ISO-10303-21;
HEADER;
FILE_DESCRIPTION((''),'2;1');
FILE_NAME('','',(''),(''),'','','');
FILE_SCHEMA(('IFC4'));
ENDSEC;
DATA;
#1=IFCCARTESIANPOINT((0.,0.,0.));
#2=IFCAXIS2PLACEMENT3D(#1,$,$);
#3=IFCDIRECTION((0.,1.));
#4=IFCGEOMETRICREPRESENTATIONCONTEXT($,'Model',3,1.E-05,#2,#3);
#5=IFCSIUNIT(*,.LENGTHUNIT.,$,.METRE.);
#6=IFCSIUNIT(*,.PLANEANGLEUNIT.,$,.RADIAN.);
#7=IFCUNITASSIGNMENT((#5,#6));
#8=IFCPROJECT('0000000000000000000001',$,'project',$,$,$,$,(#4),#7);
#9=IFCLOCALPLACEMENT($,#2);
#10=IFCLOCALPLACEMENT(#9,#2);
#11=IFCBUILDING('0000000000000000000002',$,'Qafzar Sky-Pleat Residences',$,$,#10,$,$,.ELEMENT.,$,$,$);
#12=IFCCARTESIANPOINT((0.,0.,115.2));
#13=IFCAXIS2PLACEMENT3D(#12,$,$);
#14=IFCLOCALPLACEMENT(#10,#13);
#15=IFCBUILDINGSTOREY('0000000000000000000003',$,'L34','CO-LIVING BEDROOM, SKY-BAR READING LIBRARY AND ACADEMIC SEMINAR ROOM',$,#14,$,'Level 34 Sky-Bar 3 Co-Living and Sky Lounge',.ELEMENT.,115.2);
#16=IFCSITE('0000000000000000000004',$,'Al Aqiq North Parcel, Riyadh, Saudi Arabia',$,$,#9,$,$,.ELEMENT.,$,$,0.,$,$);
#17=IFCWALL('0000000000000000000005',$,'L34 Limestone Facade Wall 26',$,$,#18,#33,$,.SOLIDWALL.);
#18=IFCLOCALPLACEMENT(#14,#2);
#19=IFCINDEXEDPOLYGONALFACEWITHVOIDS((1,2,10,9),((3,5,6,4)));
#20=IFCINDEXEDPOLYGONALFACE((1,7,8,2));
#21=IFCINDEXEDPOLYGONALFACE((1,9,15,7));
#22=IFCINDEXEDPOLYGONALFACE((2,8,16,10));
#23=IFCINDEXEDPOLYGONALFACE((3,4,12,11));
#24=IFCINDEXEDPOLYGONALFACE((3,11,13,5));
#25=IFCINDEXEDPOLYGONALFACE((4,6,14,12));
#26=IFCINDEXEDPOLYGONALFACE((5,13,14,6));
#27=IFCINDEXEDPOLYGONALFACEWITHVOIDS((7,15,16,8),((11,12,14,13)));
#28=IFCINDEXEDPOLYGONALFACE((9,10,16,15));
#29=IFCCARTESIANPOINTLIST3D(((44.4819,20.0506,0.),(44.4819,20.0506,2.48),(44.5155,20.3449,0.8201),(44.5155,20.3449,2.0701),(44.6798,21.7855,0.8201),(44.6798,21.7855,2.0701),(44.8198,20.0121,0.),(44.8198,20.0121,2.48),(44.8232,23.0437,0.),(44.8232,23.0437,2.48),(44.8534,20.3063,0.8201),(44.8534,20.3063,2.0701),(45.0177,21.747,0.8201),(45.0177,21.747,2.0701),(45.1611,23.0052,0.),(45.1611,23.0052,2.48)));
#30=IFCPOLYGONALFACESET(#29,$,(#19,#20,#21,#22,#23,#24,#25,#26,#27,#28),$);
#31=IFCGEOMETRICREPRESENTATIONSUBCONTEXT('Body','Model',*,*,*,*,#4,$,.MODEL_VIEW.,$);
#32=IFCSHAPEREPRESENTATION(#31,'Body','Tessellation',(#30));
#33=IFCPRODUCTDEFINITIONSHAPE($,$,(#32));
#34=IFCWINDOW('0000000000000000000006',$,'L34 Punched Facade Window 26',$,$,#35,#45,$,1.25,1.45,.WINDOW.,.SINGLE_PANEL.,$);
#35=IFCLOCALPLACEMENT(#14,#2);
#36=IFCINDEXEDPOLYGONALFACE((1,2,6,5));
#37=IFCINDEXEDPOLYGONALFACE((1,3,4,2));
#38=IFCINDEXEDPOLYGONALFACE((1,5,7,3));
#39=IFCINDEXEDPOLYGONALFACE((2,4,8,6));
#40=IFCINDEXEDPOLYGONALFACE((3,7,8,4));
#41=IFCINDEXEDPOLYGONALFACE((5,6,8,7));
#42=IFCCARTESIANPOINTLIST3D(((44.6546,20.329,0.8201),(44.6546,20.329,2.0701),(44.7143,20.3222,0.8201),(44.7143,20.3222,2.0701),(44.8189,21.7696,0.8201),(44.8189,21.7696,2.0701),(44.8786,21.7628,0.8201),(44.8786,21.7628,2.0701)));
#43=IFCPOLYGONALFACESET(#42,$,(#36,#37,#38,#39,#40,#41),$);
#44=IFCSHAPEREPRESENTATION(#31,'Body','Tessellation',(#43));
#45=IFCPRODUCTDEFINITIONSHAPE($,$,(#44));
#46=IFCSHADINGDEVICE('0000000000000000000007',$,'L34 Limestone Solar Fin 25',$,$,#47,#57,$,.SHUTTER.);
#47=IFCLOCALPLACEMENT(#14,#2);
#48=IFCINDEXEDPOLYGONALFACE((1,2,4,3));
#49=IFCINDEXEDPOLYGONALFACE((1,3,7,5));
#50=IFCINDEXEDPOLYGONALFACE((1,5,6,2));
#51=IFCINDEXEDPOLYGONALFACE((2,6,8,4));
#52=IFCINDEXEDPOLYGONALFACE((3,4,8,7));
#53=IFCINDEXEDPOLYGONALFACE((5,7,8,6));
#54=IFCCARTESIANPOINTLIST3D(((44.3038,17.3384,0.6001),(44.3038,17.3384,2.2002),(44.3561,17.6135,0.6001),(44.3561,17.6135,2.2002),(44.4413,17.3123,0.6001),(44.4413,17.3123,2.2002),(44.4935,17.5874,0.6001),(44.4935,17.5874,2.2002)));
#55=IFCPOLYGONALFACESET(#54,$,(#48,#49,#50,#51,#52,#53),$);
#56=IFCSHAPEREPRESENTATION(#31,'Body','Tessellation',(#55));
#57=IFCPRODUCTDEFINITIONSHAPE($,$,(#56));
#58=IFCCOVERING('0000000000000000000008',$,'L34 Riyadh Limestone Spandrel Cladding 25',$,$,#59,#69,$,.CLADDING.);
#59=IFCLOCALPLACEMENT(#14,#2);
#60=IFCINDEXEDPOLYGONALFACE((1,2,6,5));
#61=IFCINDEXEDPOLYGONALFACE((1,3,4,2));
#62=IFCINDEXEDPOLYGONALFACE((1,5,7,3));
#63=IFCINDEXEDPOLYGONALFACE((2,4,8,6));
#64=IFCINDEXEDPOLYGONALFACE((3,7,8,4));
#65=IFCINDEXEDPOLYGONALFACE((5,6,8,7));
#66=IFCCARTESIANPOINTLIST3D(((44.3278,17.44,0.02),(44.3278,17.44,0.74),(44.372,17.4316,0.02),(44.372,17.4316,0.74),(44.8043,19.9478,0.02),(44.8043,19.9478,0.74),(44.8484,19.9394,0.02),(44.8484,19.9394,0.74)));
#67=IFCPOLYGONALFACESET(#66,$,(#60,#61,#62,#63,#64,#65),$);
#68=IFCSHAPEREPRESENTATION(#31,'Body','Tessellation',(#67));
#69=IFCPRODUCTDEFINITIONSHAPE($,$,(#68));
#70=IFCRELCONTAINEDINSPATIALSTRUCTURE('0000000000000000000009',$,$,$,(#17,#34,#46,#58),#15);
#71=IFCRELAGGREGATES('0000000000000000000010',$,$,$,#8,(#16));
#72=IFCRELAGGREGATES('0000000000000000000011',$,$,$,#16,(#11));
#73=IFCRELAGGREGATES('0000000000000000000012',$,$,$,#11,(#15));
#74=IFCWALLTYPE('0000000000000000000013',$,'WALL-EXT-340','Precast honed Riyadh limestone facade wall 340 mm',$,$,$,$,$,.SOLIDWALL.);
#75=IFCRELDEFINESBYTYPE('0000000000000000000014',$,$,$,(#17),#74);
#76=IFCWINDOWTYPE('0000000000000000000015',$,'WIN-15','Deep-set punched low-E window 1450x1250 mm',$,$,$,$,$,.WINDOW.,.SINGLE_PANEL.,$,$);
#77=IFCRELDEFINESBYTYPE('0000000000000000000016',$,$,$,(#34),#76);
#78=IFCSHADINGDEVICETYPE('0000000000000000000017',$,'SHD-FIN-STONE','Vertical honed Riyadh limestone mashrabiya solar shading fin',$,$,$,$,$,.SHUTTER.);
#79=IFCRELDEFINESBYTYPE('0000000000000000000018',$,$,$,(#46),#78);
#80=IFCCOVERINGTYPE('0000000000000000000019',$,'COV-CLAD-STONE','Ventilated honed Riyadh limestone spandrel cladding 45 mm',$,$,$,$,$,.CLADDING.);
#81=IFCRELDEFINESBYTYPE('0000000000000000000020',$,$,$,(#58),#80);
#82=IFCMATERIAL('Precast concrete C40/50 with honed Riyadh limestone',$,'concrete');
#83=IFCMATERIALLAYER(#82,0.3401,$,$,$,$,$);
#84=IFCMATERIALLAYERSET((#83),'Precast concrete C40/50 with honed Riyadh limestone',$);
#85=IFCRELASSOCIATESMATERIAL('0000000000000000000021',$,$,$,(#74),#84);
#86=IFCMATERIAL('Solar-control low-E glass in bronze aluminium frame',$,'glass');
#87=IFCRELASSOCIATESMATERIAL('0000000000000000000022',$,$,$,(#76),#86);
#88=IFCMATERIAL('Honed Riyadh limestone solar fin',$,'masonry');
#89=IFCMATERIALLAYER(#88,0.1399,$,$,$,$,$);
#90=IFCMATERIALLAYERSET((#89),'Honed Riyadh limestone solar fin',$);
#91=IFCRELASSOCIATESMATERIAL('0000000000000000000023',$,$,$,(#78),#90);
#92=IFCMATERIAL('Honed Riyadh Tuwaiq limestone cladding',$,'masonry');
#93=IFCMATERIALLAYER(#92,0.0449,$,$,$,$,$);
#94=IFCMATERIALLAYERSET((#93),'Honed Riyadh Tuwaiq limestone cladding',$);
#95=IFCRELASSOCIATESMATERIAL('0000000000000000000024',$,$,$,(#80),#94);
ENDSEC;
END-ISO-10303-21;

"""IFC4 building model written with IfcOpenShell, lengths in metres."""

from ifc_helpers import new_model, si_unit, direction, frame, frame_2d, origin, origin_2d, place, context, subcontext, project, spatial, rectangle, extrude, source, transform, mapped, material, layer, layer_set, type_object, element, fill, save


model = new_model("IFC4")

# Units and contexts
model_context = context("Model", 3, precision=1e-05, world=origin(), true_north=direction((0.0, 1.0)))
body_context = subcontext(model_context, "Body", "Model", "MODEL_VIEW")
ifc_project = project(units=[si_unit("LENGTHUNIT", "METRE"), si_unit("PLANEANGLEUNIT", "RADIAN")], contexts=[model_context])

# Site, building, storey
site_placement = place(None, origin())
site = spatial("IfcSite", under=ifc_project, at=site_placement, Name="Al Aqiq North Parcel, Riyadh, Saudi Arabia", CompositionType="ELEMENT", RefElevation=0.0)
building_placement = place(site_placement, origin())
building = spatial("IfcBuilding", under=site, at=building_placement, Name="Qafzar Sky-Pleat Residences", CompositionType="ELEMENT")
storey_placement = place(building_placement, frame((0.0, 0.0, 115.2)))
storey = spatial("IfcBuildingStorey", under=building, at=storey_placement, Name="L34", Description="CO-LIVING BEDROOM, SKY-BAR READING LIBRARY AND ACADEMIC SEMINAR ROOM", LongName="Level 34 Sky-Bar 3 Co-Living and Sky Lounge", CompositionType="ELEMENT", Elevation=115.2)

# Shared definitions
ifc_material_1 = material(Name="Precast concrete C40/50 with honed Riyadh limestone", Category="concrete")
ifc_layer_1 = layer(ifc_material_1, 0.3401)
ifc_layer_set_1 = layer_set([ifc_layer_1], Name="Precast concrete C40/50 with honed Riyadh limestone")
wall_type = type_object("IfcWallType", Name="WALL-EXT-340", Description="Precast honed Riyadh limestone facade wall 340 mm", PredefinedType="SOLIDWALL", material=ifc_layer_set_1)
ifc_material_2 = material(Name="Solar-control low-E glass in bronze aluminium frame", Category="glass")

# Wall, opening, window
wall_1_placement = place(storey_placement, frame((44.6509, 20.0312, 0.0), z_axis=(0.0, 0.0, 1.0), x_axis=(0.113295, 0.993561, 0.0)))
wall_1 = element("IfcWall", 1, at=wall_1_placement, inside=storey, type_object=wall_type, Name="L34 Limestone Facade Wall 26", PredefinedType="SOLIDWALL", context=body_context, shape_type="SweptSolid", body=[
    extrude(rectangle(XDim=3.0125, YDim=0.3401, at=frame_2d((1.5063, 0.0))), origin(), (0.0, 0.0, 1.0), 2.48),
])
opening_1_placement = place(wall_1_placement, frame((0.2961, 0.0, 0.8201)))
opening_1 = element("IfcOpeningElement", 2, at=opening_1_placement, cuts=wall_1, PredefinedType="OPENING", context=body_context, shape_type="SweptSolid", body=[
    extrude(rectangle(XDim=1.45, YDim=1.25, at=frame_2d((0.7251, 0.625))), frame((0.0, 0.1802, 0.0), z_axis=(0.0, -1.0, 0.0), x_axis=(1.0, 0.0, 0.0)), (0.0, 0.0, 1.0), 0.3601),
])
window_type_1 = type_object("IfcWindowType", Name="WIN-15", Description="Deep-set punched low-E window 1450x1250 mm", PartitioningType="SINGLE_PANEL", PredefinedType="WINDOW", material=ifc_material_2)
shared_shape_1 = source(origin(), body_context, "Body", "SweptSolid", [
    extrude(rectangle(XDim=1.45, YDim=1.25, at=frame_2d((0.7251, 0.625))), frame((0.0, 0.03, 0.0), z_axis=(0.0, -1.0, 0.0), x_axis=(1.0, 0.0, 0.0)), (0.0, 0.0, 1.0), 0.0601),
])
window_1_placement = place(opening_1_placement, origin())
window_1 = element("IfcWindow", 3, at=window_1_placement, inside=storey, type_object=window_type_1, Name="L34 Punched Facade Window 26", OverallHeight=1.25, OverallWidth=1.45, PartitioningType="SINGLE_PANEL", PredefinedType="WINDOW", context=body_context, shape_type="MappedRepresentation", body=[
    mapped(shared_shape_1, transform((0.0, 0.0, 0.0), x_axis=(1.0, 0.0, 0.0), y_axis=(0.0, 1.0, 0.0), z_axis=(0.0, 0.0, 1.0), scale=1.0)),
])
fill(opening_1, window_1)

# Shading device
ifc_material_3 = material(Name="Honed Riyadh limestone solar fin", Category="masonry")
ifc_layer_2 = layer(ifc_material_3, 0.1399)
ifc_layer_set_2 = layer_set([ifc_layer_2], Name="Honed Riyadh limestone solar fin")
shading_device_type = type_object("IfcShadingDeviceType", Name="SHD-FIN-STONE", Description="Vertical honed Riyadh limestone mashrabiya solar shading fin", PredefinedType="SHUTTER", material=ifc_layer_set_2)
shared_shape_2 = source(origin(), body_context, "Body", "SweptSolid", [
    extrude(rectangle(XDim=0.1399, YDim=0.28, at=origin_2d()), origin(), (0.0, 0.0, 1.0), 1.6001),
])
shading_device_placement = place(storey_placement, frame((44.3987, 17.4629, 0.6001), z_axis=(0.0, 0.0, 1.0), x_axis=(0.982429, -0.186639, 0.0)))
element("IfcShadingDevice", 4, at=shading_device_placement, inside=storey, type_object=shading_device_type, Name="L34 Limestone Solar Fin 25", PredefinedType="SHUTTER", context=body_context, shape_type="MappedRepresentation", body=[
    mapped(shared_shape_2, transform((0.0, 0.0, 0.0), x_axis=(1.0, 0.0, 0.0), y_axis=(0.0, 1.0, 0.0), z_axis=(0.0, 0.0, 1.0), scale=1.0)),
])

# Covering
ifc_material_4 = material(Name="Honed Riyadh Tuwaiq limestone cladding", Category="masonry")
ifc_layer_3 = layer(ifc_material_4, 0.0449)
ifc_layer_set_3 = layer_set([ifc_layer_3], Name="Honed Riyadh Tuwaiq limestone cladding")
covering_type = type_object("IfcCoveringType", Name="COV-CLAD-STONE", Description="Ventilated honed Riyadh limestone spandrel cladding 45 mm", PredefinedType="CLADDING", material=ifc_layer_set_3)
shared_shape_3 = source(origin(), body_context, "Body", "SweptSolid", [
    extrude(rectangle(XDim=2.5527, YDim=0.0449, at=origin_2d()), origin(), (0.0, 0.0, 1.0), 0.72),
])
covering_placement = place(storey_placement, frame((44.5881, 18.6897, 0.02), z_axis=(0.0, 0.0, 1.0), x_axis=(0.186649, 0.982427, 0.0)))
element("IfcCovering", 5, at=covering_placement, inside=storey, type_object=covering_type, Name="L34 Riyadh Limestone Spandrel Cladding 25", PredefinedType="CLADDING", context=body_context, shape_type="MappedRepresentation", body=[
    mapped(shared_shape_3, transform((0.0, 0.0, 0.0), x_axis=(1.0, 0.0, 0.0), y_axis=(0.0, 1.0, 0.0), z_axis=(0.0, 0.0, 1.0), scale=1.0)),
])

save(model, "model.ifc")
